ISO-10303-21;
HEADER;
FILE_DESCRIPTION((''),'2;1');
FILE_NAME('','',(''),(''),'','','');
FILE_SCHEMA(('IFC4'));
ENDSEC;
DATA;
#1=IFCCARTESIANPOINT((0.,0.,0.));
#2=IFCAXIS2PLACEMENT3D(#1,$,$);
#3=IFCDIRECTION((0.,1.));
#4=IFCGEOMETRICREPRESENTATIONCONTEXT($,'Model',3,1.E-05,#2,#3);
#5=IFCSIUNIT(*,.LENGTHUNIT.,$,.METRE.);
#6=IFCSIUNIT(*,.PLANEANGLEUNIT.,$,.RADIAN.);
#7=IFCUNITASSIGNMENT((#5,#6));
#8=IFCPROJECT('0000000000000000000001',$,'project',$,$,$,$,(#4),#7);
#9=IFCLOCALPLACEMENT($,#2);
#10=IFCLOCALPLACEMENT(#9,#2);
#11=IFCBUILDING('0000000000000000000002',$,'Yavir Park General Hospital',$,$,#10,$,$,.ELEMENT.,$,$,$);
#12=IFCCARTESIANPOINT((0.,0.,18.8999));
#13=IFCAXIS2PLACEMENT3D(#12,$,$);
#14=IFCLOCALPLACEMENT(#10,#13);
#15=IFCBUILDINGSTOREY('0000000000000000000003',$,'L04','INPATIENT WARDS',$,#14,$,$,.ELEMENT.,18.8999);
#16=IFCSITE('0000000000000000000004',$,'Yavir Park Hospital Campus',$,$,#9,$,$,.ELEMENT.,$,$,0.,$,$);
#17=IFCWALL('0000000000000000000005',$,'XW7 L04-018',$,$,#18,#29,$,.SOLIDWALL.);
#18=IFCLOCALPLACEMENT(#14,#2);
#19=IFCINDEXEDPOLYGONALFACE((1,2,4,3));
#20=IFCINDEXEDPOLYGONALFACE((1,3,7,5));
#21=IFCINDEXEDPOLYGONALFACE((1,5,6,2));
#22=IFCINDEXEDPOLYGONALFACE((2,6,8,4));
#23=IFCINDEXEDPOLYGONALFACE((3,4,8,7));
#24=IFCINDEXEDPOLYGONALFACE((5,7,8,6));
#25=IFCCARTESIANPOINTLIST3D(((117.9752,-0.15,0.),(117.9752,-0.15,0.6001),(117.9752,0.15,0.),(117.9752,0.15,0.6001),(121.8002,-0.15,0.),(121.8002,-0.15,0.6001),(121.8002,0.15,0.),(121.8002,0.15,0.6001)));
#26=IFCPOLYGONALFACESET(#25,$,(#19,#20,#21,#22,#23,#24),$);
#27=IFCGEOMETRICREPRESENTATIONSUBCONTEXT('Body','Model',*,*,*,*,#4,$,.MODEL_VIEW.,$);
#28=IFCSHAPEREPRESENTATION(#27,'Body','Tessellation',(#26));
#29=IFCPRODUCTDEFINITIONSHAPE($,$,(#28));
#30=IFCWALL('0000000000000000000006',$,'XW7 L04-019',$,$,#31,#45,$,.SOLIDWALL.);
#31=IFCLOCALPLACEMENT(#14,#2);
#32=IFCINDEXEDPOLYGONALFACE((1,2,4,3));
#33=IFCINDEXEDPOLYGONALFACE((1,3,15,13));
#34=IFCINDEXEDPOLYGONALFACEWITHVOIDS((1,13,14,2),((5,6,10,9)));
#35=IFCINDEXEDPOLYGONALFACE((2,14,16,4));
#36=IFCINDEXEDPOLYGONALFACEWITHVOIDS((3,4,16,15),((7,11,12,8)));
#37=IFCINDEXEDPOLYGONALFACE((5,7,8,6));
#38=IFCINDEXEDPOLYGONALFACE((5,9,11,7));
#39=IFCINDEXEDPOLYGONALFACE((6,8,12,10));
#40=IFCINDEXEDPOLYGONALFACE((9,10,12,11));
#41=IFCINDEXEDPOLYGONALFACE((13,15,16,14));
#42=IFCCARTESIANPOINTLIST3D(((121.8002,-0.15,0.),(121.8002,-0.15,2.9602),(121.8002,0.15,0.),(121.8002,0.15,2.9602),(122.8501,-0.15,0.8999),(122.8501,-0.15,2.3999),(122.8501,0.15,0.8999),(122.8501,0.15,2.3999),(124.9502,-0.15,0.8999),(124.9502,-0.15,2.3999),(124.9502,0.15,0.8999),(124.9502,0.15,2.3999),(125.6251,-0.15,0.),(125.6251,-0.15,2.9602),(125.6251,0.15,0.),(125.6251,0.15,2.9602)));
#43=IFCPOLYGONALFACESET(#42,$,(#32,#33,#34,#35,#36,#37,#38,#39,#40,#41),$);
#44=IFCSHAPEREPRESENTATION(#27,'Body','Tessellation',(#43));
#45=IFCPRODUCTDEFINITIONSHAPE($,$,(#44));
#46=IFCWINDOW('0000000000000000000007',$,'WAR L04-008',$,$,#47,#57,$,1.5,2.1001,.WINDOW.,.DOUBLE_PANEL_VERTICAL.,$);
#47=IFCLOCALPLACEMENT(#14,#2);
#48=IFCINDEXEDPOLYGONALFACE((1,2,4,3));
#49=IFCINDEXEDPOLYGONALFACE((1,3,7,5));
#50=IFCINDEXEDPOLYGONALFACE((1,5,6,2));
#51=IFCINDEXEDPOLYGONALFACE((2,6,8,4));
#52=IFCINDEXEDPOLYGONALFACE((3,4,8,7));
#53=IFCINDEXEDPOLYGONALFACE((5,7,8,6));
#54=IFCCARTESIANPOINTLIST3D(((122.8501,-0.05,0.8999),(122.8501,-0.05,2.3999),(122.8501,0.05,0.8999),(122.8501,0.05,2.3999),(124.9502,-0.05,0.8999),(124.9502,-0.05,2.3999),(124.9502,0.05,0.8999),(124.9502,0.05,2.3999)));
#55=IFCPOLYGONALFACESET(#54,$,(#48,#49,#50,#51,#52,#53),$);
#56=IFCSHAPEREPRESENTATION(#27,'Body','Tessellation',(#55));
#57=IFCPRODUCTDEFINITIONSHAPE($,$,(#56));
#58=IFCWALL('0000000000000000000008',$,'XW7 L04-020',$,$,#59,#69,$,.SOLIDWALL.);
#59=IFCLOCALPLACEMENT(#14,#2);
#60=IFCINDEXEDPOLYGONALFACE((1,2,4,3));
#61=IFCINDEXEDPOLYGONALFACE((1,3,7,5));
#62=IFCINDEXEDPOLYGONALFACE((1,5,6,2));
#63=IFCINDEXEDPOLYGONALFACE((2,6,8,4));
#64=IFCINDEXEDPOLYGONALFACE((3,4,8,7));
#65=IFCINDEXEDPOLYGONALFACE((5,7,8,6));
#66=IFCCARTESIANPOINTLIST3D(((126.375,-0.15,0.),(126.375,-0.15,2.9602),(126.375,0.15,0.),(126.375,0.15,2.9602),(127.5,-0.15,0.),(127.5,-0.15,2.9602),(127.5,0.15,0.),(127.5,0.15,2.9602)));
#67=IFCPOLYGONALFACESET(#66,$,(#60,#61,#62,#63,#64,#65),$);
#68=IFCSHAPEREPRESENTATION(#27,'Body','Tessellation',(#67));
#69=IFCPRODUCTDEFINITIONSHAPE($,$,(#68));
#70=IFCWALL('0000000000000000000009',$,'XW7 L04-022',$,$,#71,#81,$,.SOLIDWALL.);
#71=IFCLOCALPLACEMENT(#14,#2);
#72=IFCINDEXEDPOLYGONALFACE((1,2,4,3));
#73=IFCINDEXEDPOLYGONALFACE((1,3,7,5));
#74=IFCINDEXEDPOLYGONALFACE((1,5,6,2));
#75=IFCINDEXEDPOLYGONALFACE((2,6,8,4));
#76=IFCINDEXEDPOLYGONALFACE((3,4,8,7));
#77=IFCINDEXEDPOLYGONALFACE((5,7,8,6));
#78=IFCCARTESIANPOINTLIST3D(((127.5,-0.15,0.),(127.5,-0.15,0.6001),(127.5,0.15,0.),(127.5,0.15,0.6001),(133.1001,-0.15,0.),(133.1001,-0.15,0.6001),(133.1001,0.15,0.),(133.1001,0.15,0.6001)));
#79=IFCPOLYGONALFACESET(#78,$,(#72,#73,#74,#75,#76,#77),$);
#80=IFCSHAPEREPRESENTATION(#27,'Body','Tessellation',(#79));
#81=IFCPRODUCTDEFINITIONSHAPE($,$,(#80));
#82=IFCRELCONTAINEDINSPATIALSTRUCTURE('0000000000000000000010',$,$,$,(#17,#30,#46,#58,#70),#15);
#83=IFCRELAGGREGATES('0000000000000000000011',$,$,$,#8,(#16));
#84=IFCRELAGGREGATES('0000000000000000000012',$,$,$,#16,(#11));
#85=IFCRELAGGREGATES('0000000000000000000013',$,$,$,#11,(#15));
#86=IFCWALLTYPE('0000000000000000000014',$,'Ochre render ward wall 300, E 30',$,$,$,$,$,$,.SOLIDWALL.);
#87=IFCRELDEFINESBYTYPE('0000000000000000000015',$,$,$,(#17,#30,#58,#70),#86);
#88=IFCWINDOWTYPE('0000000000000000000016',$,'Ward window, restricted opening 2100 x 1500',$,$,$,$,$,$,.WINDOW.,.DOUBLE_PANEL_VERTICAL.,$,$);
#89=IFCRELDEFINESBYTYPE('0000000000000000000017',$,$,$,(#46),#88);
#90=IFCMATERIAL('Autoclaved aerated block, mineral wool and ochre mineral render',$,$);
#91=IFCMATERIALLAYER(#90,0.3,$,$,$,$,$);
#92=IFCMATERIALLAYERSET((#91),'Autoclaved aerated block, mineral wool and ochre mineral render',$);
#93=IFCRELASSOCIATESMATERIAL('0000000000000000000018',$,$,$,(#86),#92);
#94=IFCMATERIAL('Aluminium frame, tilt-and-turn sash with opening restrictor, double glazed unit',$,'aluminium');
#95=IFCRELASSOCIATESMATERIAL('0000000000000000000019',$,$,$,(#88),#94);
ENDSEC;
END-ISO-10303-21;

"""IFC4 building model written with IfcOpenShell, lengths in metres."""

from ifc_helpers import new_model, si_unit, direction, frame, frame_2d, origin, place, context, subcontext, project, spatial, rectangle, extrude, material, layer, layer_set, type_object, element, fill, save


model = new_model("IFC4")

# Units and contexts
model_context = context("Model", 3, precision=1e-05, world=origin(), true_north=direction((0.0, 1.0)))
body_context = subcontext(model_context, "Body", "Model", "MODEL_VIEW")
ifc_project = project(units=[si_unit("LENGTHUNIT", "METRE"), si_unit("PLANEANGLEUNIT", "RADIAN")], contexts=[model_context])

# Site, building, storey
site_placement = place(None, origin())
site = spatial("IfcSite", under=ifc_project, at=site_placement, Name="Yavir Park Hospital Campus", CompositionType="ELEMENT", RefElevation=0.0)
building_placement = place(site_placement, origin())
building = spatial("IfcBuilding", under=site, at=building_placement, Name="Yavir Park General Hospital", CompositionType="ELEMENT")
storey_placement = place(building_placement, frame((0.0, 0.0, 18.8999)))
storey = spatial("IfcBuildingStorey", under=building, at=storey_placement, Name="L04", Description="INPATIENT WARDS", CompositionType="ELEMENT", Elevation=18.8999)

# Wall
ifc_material_1 = material(Name="Autoclaved aerated block, mineral wool and ochre mineral render")
ifc_layer_1 = layer(ifc_material_1, 0.3)
ifc_layer_set_1 = layer_set([ifc_layer_1], Name="Autoclaved aerated block, mineral wool and ochre mineral render")
wall_type = type_object("IfcWallType", Name="Ochre render ward wall 300, E 30", PredefinedType="SOLIDWALL", material=ifc_layer_set_1)
wall_1_placement = place(storey_placement, frame((117.9751, 0.0, 0.0), z_axis=(0.0, 0.0, 1.0), x_axis=(1.0, 0.0, 0.0)))
element("IfcWall", 1, at=wall_1_placement, inside=storey, type_object=wall_type, Name="XW7 L04-018", PredefinedType="SOLIDWALL", context=body_context, shape_type="SweptSolid", body=[
    extrude(rectangle(XDim=3.825, YDim=0.3, at=frame_2d((1.9126, 0.0))), origin(), (0.0, 0.0, 1.0), 0.6001),
])

# Wall, opening, window
wall_2_placement = place(storey_placement, frame((121.8, 0.0, 0.0), z_axis=(0.0, 0.0, 1.0), x_axis=(1.0, 0.0, 0.0)))
wall_2 = element("IfcWall", 2, at=wall_2_placement, inside=storey, type_object=wall_type, Name="XW7 L04-019", PredefinedType="SOLIDWALL", context=body_context, shape_type="SweptSolid", body=[
    extrude(rectangle(XDim=3.825, YDim=0.3, at=frame_2d((1.9126, 0.0))), origin(), (0.0, 0.0, 1.0), 2.9602),
])
opening_placement = place(wall_2_placement, frame((1.05, 0.0, 0.8999)))
opening = element("IfcOpeningElement", 3, at=opening_placement, cuts=wall_2, PredefinedType="OPENING", context=body_context, shape_type="SweptSolid", body=[
    extrude(rectangle(XDim=2.1001, YDim=1.5, at=frame_2d((1.05, 0.75))), frame((0.0, 0.1599, 0.0), z_axis=(0.0, -1.0, 0.0), x_axis=(1.0, 0.0, 0.0)), (0.0, 0.0, 1.0), 0.3201),
])
ifc_material_2 = material(Name="Aluminium frame, tilt-and-turn sash with opening restrictor, double glazed unit", Category="aluminium")
window_type = type_object("IfcWindowType", Name="Ward window, restricted opening 2100 x 1500", PartitioningType="DOUBLE_PANEL_VERTICAL", PredefinedType="WINDOW", material=ifc_material_2)
window_placement = place(opening_placement, origin())
window = element("IfcWindow", 4, at=window_placement, inside=storey, type_object=window_type, Name="WAR L04-008", OverallHeight=1.5, OverallWidth=2.1001, PartitioningType="DOUBLE_PANEL_VERTICAL", PredefinedType="WINDOW", context=body_context, shape_type="SweptSolid", body=[
    extrude(rectangle(XDim=2.1001, YDim=1.5, at=frame_2d((1.05, 0.75))), frame((0.0, 0.05, 0.0), z_axis=(0.0, -1.0, 0.0), x_axis=(1.0, 0.0, 0.0)), (0.0, 0.0, 1.0), 0.1001),
])
fill(opening, window)

# Walls
wall_3_placement = place(storey_placement, frame((126.375, 0.0, 0.0), z_axis=(0.0, 0.0, 1.0), x_axis=(1.0, 0.0, 0.0)))
element("IfcWall", 5, at=wall_3_placement, inside=storey, type_object=wall_type, Name="XW7 L04-020", PredefinedType="SOLIDWALL", context=body_context, shape_type="SweptSolid", body=[
    extrude(rectangle(XDim=1.125, YDim=0.3, at=frame_2d((0.5625, 0.0))), origin(), (0.0, 0.0, 1.0), 2.9602),
])
wall_4_placement = place(storey_placement, frame((127.5, 0.0, 0.0), z_axis=(0.0, 0.0, 1.0), x_axis=(1.0, 0.0, 0.0)))
element("IfcWall", 6, at=wall_4_placement, inside=storey, type_object=wall_type, Name="XW7 L04-022", PredefinedType="SOLIDWALL", context=body_context, shape_type="SweptSolid", body=[
    extrude(rectangle(XDim=5.6001, YDim=0.3, at=frame_2d((2.8, 0.0))), origin(), (0.0, 0.0, 1.0), 0.6001),
])

save(model, "model.ifc")
